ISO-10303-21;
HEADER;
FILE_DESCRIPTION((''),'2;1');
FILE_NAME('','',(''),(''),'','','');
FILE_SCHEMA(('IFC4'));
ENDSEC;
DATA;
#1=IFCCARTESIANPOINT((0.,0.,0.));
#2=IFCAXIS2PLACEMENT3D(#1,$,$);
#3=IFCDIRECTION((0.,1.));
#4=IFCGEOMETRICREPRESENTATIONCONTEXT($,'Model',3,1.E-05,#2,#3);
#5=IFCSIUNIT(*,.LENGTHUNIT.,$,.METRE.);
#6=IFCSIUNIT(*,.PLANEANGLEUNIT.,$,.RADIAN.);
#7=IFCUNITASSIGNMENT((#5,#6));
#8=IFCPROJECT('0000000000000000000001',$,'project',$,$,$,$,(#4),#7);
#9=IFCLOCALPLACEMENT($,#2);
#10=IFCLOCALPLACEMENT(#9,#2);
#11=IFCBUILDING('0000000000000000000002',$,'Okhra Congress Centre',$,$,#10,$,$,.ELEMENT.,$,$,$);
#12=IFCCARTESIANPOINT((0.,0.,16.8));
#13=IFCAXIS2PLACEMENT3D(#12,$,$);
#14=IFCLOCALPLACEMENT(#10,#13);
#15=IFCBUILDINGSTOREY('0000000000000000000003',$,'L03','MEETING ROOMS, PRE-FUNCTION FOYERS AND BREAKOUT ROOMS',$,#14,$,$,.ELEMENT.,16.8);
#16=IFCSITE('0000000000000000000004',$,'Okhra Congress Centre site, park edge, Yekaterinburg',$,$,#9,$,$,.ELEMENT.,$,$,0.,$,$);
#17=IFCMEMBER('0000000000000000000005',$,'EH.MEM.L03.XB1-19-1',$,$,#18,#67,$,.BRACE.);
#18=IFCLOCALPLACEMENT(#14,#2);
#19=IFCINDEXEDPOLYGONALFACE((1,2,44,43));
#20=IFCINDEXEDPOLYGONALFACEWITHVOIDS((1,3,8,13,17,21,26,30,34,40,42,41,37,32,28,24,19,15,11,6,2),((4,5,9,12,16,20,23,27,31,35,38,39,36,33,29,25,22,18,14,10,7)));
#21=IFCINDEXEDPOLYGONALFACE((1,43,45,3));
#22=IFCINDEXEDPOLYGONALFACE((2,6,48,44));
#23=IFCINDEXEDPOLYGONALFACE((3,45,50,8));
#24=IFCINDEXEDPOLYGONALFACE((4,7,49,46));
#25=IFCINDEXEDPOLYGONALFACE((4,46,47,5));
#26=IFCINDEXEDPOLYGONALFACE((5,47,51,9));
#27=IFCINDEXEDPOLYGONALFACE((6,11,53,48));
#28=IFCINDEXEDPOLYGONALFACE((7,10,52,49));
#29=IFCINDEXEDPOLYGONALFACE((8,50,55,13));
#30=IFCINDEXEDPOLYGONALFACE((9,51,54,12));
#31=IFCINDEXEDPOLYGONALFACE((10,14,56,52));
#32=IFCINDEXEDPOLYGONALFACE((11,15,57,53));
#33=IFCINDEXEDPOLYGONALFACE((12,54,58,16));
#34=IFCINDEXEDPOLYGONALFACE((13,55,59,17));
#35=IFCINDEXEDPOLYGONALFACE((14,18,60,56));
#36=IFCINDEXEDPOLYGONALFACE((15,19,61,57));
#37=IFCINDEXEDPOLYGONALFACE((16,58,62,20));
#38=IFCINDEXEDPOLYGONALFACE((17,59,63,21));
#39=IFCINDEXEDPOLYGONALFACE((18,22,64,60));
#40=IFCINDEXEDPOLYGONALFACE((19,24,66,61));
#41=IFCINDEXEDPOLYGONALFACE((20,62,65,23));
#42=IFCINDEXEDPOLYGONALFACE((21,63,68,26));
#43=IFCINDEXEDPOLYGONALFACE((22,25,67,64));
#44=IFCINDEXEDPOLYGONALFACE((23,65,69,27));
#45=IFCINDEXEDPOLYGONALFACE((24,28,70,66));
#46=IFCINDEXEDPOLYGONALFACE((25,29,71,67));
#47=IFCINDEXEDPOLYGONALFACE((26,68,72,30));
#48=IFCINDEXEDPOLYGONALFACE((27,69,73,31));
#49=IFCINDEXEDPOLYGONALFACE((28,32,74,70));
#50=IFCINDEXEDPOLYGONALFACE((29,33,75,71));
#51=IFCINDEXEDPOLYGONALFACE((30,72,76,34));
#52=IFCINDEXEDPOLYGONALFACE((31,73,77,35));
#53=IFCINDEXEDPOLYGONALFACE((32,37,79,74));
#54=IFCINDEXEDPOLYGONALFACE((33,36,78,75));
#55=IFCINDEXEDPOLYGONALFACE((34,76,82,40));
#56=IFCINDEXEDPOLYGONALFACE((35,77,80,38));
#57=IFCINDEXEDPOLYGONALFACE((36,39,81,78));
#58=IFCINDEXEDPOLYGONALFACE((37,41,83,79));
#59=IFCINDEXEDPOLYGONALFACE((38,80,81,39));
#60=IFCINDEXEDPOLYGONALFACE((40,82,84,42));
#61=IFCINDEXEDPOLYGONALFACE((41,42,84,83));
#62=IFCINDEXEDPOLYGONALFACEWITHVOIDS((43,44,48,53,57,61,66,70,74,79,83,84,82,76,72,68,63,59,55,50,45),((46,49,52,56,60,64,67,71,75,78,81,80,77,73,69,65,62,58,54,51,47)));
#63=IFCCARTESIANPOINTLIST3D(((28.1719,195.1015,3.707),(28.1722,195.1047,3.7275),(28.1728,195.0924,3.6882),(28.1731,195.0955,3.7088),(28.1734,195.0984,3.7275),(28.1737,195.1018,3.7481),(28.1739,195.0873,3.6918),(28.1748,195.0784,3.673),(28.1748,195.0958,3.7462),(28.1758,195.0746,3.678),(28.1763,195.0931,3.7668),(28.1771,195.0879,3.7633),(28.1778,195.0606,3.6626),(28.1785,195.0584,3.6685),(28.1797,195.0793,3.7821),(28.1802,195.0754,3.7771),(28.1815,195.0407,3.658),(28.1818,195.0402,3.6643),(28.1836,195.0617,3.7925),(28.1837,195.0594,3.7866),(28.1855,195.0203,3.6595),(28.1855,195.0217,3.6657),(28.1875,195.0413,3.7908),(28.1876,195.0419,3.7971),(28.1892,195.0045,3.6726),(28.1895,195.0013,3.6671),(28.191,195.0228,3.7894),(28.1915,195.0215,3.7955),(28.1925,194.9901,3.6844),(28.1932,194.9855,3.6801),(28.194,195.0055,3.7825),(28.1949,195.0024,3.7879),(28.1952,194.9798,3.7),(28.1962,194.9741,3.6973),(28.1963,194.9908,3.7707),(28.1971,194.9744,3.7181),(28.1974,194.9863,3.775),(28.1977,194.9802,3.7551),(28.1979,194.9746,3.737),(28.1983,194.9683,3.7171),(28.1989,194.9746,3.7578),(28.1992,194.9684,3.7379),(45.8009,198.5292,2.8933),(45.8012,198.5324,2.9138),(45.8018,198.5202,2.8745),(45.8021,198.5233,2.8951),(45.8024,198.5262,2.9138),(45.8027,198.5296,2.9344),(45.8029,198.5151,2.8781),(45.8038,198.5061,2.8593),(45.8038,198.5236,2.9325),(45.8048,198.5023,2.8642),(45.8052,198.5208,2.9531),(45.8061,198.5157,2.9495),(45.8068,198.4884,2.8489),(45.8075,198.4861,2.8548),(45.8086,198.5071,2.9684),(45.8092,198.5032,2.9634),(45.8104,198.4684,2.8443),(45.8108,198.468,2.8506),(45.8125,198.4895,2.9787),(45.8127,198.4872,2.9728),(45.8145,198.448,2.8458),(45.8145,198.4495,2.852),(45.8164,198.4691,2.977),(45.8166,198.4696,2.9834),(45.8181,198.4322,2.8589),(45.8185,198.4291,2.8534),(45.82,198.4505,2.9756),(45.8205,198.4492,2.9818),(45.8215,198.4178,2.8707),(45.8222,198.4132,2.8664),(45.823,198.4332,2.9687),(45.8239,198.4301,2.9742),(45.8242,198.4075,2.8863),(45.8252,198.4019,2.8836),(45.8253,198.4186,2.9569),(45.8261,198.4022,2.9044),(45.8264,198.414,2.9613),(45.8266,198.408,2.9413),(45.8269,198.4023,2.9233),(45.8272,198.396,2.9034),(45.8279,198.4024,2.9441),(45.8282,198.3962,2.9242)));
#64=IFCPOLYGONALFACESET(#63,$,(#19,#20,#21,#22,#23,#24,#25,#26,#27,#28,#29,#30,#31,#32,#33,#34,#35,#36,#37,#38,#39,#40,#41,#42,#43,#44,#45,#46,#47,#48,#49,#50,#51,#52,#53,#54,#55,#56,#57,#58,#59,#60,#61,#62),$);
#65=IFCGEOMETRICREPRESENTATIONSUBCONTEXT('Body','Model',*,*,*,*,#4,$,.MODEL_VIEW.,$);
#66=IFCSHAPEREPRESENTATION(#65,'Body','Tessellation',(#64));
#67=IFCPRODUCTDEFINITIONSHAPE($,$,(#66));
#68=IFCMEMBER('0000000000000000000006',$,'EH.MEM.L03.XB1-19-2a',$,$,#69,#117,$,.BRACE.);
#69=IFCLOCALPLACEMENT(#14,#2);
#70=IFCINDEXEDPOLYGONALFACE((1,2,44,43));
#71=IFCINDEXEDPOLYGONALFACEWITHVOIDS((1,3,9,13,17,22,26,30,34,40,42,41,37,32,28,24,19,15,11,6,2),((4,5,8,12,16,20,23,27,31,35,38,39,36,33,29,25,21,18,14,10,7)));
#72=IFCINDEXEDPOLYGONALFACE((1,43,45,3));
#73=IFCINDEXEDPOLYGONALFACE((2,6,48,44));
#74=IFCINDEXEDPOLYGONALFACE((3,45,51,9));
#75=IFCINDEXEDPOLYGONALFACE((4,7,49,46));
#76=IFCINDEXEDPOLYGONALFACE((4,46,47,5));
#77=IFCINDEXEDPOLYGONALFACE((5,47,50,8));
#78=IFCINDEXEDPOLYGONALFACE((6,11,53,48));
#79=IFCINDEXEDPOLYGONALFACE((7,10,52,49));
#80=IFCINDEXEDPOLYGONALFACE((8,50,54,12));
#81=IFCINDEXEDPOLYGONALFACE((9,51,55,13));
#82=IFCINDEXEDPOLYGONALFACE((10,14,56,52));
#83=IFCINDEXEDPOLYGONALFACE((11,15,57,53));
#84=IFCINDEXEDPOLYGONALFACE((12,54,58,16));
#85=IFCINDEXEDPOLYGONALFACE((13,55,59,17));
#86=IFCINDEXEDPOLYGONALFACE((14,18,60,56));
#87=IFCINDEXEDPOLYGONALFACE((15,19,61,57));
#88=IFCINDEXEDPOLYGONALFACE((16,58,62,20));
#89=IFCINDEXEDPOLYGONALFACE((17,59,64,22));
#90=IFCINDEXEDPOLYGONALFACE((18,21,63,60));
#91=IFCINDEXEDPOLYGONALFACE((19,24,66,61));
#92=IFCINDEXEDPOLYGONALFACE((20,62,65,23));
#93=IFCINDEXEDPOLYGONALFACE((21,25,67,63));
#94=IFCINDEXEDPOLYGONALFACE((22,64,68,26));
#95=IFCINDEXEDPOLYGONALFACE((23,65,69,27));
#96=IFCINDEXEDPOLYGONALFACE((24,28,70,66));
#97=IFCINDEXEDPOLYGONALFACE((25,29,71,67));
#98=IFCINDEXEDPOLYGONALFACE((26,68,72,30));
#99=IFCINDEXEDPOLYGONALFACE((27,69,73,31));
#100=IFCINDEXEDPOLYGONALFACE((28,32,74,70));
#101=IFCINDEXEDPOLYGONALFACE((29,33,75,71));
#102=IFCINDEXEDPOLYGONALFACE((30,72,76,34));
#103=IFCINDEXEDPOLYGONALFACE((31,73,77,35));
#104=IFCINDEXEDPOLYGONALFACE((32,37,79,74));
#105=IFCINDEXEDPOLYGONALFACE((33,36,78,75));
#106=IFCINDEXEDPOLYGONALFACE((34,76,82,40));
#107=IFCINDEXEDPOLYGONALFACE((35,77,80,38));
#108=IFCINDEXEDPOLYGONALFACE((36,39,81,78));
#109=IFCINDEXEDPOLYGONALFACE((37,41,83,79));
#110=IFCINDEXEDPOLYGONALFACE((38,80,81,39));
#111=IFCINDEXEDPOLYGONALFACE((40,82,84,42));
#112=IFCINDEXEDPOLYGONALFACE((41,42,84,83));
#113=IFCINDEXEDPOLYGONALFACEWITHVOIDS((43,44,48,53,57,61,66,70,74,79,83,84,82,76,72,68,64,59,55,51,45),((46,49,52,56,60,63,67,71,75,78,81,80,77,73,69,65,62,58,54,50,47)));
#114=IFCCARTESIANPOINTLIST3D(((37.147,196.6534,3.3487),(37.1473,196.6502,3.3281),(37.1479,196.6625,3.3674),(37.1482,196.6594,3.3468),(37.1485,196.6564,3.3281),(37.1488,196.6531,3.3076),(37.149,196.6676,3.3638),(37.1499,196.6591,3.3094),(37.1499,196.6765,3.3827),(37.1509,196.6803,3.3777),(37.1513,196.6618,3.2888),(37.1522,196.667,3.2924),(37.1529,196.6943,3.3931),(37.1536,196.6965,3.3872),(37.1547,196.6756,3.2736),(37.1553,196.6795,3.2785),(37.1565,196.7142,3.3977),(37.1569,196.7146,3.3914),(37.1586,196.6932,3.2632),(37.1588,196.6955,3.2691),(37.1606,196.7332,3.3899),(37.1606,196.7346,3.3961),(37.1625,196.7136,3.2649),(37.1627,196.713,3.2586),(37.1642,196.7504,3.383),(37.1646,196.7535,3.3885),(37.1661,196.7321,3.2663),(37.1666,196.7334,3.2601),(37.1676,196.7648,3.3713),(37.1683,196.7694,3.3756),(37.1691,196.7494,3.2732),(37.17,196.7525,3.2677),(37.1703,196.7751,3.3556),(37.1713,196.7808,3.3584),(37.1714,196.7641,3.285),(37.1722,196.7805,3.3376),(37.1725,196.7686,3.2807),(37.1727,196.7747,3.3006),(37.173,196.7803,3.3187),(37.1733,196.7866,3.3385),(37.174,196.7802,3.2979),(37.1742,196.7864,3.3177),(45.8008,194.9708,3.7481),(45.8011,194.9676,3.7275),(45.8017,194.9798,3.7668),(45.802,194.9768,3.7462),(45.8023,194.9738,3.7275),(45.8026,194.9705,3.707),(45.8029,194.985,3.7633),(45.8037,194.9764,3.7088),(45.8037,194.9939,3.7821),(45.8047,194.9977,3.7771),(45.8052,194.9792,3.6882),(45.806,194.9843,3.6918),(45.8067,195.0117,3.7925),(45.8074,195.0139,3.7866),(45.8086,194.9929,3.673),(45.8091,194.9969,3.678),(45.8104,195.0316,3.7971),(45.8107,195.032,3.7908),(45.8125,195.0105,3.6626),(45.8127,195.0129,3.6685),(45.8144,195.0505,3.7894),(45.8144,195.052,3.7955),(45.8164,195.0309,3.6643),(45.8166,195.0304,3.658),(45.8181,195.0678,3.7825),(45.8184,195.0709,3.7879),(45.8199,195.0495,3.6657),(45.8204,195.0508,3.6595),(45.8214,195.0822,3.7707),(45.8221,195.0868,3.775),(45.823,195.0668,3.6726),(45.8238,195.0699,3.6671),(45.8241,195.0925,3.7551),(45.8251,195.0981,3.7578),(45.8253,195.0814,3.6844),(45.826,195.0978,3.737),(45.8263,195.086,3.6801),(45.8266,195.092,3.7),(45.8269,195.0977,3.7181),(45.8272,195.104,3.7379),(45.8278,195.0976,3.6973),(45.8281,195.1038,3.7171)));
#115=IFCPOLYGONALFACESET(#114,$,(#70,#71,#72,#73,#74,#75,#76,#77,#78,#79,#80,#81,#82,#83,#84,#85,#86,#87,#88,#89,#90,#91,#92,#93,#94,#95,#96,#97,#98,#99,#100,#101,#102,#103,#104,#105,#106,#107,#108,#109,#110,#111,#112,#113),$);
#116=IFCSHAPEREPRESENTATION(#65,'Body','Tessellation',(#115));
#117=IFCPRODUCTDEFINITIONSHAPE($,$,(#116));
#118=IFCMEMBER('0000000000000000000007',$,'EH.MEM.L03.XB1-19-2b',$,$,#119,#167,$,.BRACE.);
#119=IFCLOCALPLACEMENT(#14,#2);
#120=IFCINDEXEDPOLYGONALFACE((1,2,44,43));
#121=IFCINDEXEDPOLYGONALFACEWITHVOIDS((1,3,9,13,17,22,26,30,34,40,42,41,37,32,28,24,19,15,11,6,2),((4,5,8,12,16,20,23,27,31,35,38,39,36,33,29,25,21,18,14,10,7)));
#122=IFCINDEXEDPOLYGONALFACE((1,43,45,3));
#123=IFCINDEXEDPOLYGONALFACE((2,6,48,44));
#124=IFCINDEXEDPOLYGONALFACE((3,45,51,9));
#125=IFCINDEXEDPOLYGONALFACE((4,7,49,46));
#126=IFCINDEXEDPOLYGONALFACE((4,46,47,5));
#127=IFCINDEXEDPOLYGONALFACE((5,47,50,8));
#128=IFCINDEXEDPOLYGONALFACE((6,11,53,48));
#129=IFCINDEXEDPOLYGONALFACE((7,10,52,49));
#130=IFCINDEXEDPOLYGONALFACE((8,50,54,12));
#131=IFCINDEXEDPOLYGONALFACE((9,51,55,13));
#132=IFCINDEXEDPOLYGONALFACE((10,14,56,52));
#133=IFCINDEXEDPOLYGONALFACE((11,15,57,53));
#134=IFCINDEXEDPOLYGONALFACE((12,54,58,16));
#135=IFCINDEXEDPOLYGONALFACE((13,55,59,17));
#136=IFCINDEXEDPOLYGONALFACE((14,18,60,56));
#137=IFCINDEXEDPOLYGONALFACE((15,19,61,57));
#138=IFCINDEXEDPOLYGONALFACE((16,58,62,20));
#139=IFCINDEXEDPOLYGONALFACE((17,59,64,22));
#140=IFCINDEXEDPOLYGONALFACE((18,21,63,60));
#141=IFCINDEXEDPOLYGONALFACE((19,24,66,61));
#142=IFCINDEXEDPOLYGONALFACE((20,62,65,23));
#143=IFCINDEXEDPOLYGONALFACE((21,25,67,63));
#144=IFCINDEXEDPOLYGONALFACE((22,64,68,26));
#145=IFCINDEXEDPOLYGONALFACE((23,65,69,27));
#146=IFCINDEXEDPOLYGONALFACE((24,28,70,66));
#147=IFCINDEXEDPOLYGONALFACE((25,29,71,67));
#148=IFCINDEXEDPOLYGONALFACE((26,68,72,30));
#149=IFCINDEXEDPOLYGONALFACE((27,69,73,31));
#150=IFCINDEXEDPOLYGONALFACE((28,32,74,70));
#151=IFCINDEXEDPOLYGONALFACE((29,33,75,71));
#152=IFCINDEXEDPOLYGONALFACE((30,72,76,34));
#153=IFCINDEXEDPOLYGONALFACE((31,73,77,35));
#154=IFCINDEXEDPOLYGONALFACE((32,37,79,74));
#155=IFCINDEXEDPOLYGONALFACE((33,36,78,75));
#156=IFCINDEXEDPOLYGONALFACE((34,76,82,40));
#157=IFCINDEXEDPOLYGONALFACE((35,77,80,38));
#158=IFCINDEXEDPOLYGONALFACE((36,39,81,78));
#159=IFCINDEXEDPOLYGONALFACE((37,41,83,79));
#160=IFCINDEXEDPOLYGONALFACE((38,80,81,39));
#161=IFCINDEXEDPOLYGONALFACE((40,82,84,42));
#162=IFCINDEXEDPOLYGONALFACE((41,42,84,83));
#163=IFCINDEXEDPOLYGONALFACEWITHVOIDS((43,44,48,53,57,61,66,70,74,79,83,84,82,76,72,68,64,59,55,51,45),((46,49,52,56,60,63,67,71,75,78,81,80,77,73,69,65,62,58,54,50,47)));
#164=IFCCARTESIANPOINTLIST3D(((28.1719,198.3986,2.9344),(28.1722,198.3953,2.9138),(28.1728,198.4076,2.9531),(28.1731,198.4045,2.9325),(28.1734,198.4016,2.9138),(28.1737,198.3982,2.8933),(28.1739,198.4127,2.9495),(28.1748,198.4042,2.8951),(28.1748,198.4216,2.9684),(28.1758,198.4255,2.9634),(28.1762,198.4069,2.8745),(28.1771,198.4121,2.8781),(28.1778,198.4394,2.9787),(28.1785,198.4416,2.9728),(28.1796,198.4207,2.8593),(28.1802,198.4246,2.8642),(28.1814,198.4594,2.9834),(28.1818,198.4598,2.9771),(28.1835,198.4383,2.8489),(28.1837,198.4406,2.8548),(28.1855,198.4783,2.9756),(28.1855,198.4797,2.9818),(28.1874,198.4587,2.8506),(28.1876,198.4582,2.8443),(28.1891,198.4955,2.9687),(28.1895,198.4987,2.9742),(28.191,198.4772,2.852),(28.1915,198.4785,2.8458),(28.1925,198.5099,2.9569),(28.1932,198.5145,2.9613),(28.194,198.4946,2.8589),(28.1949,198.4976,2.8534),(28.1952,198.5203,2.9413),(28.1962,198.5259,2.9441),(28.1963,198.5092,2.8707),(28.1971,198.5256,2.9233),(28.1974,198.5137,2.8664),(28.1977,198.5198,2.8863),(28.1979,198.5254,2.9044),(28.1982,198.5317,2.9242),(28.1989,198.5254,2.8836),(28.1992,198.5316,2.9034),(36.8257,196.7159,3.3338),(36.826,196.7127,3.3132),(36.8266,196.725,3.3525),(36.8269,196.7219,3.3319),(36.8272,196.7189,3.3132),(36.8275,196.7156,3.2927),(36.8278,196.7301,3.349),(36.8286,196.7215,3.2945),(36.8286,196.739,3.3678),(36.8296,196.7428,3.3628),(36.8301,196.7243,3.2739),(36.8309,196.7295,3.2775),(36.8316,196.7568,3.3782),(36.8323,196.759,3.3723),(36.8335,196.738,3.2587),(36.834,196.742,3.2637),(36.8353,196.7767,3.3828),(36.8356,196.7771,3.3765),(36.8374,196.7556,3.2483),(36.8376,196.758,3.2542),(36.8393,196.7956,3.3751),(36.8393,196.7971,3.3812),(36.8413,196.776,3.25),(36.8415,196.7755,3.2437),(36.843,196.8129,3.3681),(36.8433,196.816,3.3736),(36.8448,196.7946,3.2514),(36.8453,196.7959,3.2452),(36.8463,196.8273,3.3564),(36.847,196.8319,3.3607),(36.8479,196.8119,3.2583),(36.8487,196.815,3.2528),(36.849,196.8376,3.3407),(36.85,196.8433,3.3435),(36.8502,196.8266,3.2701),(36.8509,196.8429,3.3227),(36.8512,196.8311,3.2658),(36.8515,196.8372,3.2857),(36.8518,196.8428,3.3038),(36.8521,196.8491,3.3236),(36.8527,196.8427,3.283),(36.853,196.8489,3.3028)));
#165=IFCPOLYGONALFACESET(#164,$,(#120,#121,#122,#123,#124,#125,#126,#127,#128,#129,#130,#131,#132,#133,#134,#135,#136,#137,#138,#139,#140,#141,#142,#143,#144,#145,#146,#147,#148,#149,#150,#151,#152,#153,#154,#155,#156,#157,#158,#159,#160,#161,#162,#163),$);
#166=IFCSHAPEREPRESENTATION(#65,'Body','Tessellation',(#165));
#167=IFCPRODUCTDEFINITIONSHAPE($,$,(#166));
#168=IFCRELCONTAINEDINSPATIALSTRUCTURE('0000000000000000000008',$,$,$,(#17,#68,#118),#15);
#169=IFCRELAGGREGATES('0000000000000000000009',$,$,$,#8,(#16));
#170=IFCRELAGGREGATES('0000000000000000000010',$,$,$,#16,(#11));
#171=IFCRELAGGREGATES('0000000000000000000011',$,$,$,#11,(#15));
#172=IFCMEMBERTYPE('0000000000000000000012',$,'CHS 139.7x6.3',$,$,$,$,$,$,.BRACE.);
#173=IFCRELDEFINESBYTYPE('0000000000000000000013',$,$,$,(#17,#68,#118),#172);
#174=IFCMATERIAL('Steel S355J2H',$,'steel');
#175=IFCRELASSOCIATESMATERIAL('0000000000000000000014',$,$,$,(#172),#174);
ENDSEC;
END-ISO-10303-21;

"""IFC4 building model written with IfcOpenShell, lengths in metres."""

from ifc_helpers import new_model, si_unit, direction, frame, origin, origin_2d, place, context, subcontext, project, spatial, hollow_circle, extrude, material, material_profile, profile_set, type_object, element, save


model = new_model("IFC4")

# Units and contexts
model_context = context("Model", 3, precision=1e-05, world=origin(), true_north=direction((0.0, 1.0)))
body_context = subcontext(model_context, "Body", "Model", "MODEL_VIEW")
ifc_project = project(units=[si_unit("LENGTHUNIT", "METRE"), si_unit("PLANEANGLEUNIT", "RADIAN")], contexts=[model_context])

# Site, building, storey
site_placement = place(None, origin())
site = spatial("IfcSite", under=ifc_project, at=site_placement, Name="Okhra Congress Centre site, park edge, Yekaterinburg", CompositionType="ELEMENT", RefElevation=0.0)
building_placement = place(site_placement, origin())
building = spatial("IfcBuilding", under=site, at=building_placement, Name="Okhra Congress Centre", CompositionType="ELEMENT")
storey_placement = place(building_placement, frame((0.0, 0.0, 16.8)))
storey = spatial("IfcBuildingStorey", under=building, at=storey_placement, Name="L03", Description="MEETING ROOMS, PRE-FUNCTION FOYERS AND BREAKOUT ROOMS", CompositionType="ELEMENT", Elevation=16.8)

# Members
ifc_material_1 = material(Name="Steel S355J2H", Category="steel")
ifc_material_profile_1 = material_profile(ifc_material_1, hollow_circle(Radius=0.0698, WallThickness=0.0063, at=origin_2d()), Name="CHS 139.7x6.3")
ifc_profile_set_1 = profile_set([ifc_material_profile_1], Name="Steel S355J2H")
member_type_1 = type_object("IfcMemberType", Name="CHS 139.7x6.3", PredefinedType="BRACE", material=ifc_profile_set_1)
member_1_placement = place(storey_placement, frame((28.1855, 195.0361, 3.7275), z_axis=(0.98061, 0.190668, -0.045263), x_axis=(-0.190864, 0.981617, 0.0)))
element("IfcMember", 1, at=member_1_placement, inside=storey, type_object=member_type_1, Name="EH.MEM.L03.XB1-19-1", PredefinedType="BRACE", context=body_context, shape_type="SweptSolid", body=[
    extrude(hollow_circle(Radius=0.0698, WallThickness=0.0063, at=origin_2d()), origin(), (0.0, 0.0, 1.0), 17.9775),
])
for number, where, z_axis, x_axis, name in (
    (2, (45.8145, 195.0361, 3.7275), (-0.980611, 0.190667, -0.04526), (-0.190862, -0.981617, 0.0), "EH.MEM.L03.XB1-19-2a"),
    (3, (36.8394, 196.7812, 3.3132), (-0.980611, 0.190667, -0.04526), (-0.190862, -0.981617, 0.0), "EH.MEM.L03.XB1-19-2b"),
):
    element("IfcMember", number, at=place(storey_placement, frame(where, z_axis=z_axis, x_axis=x_axis)), inside=storey, type_object=member_type_1, Name=name, PredefinedType="BRACE", context=body_context, shape_type="SweptSolid", body=[
        extrude(hollow_circle(Radius=0.0698, WallThickness=0.0063, at=origin_2d()), origin(), (0.0, 0.0, 1.0), 8.825),
    ])

save(model, "model.ifc")
